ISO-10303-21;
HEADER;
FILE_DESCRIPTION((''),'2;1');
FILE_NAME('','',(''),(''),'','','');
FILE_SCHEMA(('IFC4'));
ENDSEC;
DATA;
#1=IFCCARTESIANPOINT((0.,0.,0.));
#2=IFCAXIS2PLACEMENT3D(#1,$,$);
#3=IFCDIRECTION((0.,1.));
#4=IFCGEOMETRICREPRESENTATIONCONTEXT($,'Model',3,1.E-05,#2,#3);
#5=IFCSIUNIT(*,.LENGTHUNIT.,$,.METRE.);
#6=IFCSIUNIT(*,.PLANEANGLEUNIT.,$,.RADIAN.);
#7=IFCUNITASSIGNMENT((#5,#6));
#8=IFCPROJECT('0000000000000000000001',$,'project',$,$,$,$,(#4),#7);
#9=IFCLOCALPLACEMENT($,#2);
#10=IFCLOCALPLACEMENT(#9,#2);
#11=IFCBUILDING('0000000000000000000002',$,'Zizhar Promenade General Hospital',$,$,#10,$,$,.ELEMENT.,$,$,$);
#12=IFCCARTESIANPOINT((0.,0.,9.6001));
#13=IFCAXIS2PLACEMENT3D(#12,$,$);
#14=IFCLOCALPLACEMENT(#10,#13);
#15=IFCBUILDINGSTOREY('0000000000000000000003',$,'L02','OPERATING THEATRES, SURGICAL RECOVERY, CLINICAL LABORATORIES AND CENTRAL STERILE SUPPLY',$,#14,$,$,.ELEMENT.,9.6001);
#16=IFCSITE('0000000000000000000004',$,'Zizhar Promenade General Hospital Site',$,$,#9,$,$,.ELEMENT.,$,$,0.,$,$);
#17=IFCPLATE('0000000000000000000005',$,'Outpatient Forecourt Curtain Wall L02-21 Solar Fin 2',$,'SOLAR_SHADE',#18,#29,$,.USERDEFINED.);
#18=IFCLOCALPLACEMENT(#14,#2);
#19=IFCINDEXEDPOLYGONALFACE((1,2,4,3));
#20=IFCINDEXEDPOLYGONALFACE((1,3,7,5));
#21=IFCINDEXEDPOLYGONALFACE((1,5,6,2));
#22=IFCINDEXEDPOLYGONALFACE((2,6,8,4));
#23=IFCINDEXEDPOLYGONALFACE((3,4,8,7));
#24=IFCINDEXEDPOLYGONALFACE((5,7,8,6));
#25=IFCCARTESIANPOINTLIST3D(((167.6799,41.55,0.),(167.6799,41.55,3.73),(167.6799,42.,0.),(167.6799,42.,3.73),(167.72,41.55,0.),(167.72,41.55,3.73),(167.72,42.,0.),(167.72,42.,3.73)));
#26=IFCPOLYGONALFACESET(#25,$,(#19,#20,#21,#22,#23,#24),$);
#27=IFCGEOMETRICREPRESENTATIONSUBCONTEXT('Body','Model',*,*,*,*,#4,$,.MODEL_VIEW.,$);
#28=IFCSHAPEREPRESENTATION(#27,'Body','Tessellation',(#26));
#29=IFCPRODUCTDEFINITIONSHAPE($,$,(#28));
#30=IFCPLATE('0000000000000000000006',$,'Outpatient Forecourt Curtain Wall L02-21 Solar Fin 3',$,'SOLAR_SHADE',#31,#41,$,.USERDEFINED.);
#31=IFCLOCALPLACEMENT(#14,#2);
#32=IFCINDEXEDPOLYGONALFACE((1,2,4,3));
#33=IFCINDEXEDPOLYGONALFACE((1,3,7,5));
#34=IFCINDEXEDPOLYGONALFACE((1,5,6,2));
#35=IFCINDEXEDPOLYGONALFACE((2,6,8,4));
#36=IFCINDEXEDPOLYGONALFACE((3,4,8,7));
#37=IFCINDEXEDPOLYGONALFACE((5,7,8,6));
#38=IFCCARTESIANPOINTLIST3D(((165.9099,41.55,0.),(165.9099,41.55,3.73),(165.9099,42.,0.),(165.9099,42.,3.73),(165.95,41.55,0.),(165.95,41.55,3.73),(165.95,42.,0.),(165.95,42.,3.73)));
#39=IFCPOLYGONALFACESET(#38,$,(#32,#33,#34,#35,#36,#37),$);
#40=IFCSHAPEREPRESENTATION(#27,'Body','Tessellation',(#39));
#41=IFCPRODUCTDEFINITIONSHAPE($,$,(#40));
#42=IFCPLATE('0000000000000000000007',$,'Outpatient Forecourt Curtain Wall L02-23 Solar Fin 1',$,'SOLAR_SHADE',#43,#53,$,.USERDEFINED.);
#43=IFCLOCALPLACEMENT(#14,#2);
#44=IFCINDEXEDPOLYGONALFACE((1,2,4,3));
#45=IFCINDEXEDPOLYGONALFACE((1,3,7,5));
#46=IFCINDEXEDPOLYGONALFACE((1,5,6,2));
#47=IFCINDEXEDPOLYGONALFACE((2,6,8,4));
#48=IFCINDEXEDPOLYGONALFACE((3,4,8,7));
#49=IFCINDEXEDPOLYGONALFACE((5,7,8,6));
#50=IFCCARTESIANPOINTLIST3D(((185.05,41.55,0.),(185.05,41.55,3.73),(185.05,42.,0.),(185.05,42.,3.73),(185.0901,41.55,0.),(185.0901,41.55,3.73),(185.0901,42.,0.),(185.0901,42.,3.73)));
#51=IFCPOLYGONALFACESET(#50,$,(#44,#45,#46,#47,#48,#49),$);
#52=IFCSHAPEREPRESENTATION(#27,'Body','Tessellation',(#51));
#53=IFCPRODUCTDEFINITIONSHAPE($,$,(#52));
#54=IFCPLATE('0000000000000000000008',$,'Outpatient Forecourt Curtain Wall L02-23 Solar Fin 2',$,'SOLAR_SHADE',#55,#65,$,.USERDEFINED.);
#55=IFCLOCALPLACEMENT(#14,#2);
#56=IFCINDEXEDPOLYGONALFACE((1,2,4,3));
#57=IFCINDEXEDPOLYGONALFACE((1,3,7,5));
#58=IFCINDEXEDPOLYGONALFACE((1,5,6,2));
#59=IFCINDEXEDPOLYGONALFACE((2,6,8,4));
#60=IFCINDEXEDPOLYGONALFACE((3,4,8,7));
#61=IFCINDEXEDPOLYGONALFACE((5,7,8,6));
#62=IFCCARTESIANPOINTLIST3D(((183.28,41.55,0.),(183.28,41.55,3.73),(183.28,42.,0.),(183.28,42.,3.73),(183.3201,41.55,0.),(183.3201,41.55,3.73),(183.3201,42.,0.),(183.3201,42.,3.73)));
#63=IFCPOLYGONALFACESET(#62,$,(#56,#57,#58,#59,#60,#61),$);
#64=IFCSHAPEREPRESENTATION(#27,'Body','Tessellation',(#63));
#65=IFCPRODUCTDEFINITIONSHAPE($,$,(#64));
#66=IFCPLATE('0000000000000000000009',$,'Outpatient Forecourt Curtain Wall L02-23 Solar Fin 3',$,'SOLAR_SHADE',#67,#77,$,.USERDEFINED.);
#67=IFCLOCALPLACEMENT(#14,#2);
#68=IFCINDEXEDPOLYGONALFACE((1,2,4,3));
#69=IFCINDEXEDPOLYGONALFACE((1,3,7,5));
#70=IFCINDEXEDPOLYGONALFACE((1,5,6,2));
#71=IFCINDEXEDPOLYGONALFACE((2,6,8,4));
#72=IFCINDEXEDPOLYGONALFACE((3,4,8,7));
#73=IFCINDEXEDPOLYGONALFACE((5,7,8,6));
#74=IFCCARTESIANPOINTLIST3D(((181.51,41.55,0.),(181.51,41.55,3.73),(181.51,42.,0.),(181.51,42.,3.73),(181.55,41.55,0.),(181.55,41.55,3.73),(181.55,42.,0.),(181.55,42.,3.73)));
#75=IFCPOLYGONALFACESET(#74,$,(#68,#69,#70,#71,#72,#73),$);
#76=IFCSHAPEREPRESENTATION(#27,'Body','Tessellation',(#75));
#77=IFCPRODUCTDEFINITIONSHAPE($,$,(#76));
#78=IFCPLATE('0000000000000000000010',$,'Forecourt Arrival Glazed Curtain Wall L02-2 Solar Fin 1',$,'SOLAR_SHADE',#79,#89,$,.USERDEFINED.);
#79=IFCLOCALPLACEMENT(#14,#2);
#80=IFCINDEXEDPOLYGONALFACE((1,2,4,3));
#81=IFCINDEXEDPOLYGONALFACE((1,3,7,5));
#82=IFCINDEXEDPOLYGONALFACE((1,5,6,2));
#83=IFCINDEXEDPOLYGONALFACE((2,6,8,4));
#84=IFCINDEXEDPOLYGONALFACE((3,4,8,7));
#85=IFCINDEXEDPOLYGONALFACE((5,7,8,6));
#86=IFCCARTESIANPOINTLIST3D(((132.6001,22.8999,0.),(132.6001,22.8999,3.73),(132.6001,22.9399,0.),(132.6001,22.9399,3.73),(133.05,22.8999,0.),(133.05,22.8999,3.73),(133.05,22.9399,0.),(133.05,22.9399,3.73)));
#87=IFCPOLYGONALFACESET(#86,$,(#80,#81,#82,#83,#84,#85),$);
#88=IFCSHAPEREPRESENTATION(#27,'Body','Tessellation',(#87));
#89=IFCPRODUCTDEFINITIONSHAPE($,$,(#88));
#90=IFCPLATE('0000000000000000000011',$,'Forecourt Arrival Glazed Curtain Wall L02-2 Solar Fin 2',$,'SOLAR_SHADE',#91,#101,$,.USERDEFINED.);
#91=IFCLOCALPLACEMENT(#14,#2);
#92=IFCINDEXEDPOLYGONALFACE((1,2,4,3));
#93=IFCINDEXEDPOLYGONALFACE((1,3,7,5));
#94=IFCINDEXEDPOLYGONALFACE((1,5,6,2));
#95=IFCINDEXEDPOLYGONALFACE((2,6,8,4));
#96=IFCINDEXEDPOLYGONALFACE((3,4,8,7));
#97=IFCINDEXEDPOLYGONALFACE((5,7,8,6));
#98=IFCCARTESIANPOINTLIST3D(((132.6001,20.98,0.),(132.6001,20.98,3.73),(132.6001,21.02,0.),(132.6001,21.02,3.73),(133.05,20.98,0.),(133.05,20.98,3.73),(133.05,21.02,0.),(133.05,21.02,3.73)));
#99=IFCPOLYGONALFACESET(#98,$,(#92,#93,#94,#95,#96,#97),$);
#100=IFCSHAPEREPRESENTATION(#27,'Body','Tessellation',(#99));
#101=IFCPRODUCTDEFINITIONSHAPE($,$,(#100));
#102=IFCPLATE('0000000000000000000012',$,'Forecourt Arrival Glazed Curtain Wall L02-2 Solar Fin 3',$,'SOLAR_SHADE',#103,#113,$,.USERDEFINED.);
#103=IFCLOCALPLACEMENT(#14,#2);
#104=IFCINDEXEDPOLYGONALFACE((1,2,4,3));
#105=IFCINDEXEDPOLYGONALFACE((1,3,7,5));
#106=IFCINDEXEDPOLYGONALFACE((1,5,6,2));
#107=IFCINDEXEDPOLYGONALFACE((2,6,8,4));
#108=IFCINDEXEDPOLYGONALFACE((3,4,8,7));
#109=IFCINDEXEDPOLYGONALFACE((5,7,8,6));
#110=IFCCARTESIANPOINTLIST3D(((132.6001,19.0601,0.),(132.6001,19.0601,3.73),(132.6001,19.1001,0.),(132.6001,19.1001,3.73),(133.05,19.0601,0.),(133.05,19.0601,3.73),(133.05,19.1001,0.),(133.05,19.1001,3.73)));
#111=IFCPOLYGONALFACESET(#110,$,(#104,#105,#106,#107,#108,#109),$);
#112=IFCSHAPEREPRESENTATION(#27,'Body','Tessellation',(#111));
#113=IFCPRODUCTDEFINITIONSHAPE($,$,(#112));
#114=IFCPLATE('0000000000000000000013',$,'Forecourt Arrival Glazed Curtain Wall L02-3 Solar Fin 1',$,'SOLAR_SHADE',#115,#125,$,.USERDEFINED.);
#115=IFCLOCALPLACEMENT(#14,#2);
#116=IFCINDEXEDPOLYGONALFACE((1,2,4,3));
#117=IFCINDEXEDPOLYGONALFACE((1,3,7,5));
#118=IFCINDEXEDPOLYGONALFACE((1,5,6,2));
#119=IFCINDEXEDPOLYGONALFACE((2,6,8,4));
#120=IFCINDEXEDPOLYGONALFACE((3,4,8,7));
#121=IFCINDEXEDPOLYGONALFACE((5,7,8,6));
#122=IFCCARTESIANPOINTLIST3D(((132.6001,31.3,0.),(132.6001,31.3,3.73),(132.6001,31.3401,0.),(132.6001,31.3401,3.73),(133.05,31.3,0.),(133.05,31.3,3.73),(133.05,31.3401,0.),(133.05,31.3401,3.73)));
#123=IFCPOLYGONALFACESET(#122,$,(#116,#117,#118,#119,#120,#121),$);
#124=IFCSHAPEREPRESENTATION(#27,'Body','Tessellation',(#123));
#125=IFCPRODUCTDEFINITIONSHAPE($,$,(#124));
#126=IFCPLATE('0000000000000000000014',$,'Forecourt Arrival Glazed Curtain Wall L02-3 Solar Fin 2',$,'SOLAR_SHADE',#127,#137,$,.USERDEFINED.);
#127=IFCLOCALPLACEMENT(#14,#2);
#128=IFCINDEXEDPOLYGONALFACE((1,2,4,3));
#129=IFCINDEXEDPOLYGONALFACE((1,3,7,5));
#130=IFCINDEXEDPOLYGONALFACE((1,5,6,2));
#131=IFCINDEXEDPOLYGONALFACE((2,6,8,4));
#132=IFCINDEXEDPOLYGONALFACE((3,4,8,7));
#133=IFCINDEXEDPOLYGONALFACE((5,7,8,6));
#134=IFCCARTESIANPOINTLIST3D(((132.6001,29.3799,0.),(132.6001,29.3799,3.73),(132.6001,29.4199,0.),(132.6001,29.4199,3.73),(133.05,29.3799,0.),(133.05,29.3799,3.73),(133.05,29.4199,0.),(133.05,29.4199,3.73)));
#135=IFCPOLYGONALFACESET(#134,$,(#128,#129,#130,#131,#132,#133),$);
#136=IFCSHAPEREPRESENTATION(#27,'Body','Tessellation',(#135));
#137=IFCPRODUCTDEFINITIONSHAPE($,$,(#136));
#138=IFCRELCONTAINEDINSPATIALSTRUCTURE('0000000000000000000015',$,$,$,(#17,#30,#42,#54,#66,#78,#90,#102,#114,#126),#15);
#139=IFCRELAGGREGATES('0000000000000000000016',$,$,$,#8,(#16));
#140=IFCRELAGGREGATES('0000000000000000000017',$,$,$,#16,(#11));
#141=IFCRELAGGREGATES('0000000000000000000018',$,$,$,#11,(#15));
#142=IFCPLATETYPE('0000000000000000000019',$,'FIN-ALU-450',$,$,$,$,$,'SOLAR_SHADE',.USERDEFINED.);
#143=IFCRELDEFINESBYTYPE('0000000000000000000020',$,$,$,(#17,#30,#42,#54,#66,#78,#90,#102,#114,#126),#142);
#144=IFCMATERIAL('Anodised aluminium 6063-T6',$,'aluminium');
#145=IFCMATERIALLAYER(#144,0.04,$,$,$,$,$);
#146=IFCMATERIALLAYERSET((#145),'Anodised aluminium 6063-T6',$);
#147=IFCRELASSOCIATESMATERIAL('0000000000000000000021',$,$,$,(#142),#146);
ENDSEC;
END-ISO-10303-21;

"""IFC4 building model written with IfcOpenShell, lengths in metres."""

from ifc_helpers import new_model, si_unit, direction, frame, origin, place, context, subcontext, project, spatial, polyline, outline, extrude, material, layer, layer_set, type_object, element, save


model = new_model("IFC4")

# Units and contexts
model_context = context("Model", 3, precision=1e-05, world=origin(), true_north=direction((0.0, 1.0)))
body_context = subcontext(model_context, "Body", "Model", "MODEL_VIEW")
ifc_project = project(units=[si_unit("LENGTHUNIT", "METRE"), si_unit("PLANEANGLEUNIT", "RADIAN")], contexts=[model_context])

# Site, building, storey
site_placement = place(None, origin())
site = spatial("IfcSite", under=ifc_project, at=site_placement, Name="Zizhar Promenade General Hospital Site", CompositionType="ELEMENT", RefElevation=0.0)
building_placement = place(site_placement, origin())
building = spatial("IfcBuilding", under=site, at=building_placement, Name="Zizhar Promenade General Hospital", CompositionType="ELEMENT")
storey_placement = place(building_placement, frame((0.0, 0.0, 9.6001)))
storey = spatial("IfcBuildingStorey", under=building, at=storey_placement, Name="L02", Description="OPERATING THEATRES, SURGICAL RECOVERY, CLINICAL LABORATORIES AND CENTRAL STERILE SUPPLY", CompositionType="ELEMENT", Elevation=9.6001)

# Plates
ifc_material_1 = material(Name="Anodised aluminium 6063-T6", Category="aluminium")
ifc_layer_1 = layer(ifc_material_1, 0.04)
ifc_layer_set_1 = layer_set([ifc_layer_1], Name="Anodised aluminium 6063-T6")
plate_type_1 = type_object("IfcPlateType", Name="FIN-ALU-450", ElementType="SOLAR_SHADE", PredefinedType="USERDEFINED", material=ifc_layer_set_1)
plate_1_placement = place(storey_placement, origin())
element("IfcPlate", 1, at=plate_1_placement, inside=storey, type_object=plate_type_1, Name="Outpatient Forecourt Curtain Wall L02-21 Solar Fin 2", ObjectType="SOLAR_SHADE", PredefinedType="USERDEFINED", context=body_context, shape_type="SweptSolid", body=[
    extrude(outline(polyline([(167.72, 42.0), (167.6799, 42.0), (167.6799, 41.55), (167.72, 41.55), (167.72, 42.0)])), origin(), (0.0, 0.0, 1.0), 3.73),
])
plate_2_placement = place(storey_placement, origin())
element("IfcPlate", 2, at=plate_2_placement, inside=storey, type_object=plate_type_1, Name="Outpatient Forecourt Curtain Wall L02-21 Solar Fin 3", ObjectType="SOLAR_SHADE", PredefinedType="USERDEFINED", context=body_context, shape_type="SweptSolid", body=[
    extrude(outline(polyline([(165.95, 42.0), (165.9099, 42.0), (165.9099, 41.55), (165.95, 41.55), (165.95, 42.0)])), origin(), (0.0, 0.0, 1.0), 3.73),
])
plate_3_placement = place(storey_placement, origin())
element("IfcPlate", 3, at=plate_3_placement, inside=storey, type_object=plate_type_1, Name="Outpatient Forecourt Curtain Wall L02-23 Solar Fin 1", ObjectType="SOLAR_SHADE", PredefinedType="USERDEFINED", context=body_context, shape_type="SweptSolid", body=[
    extrude(outline(polyline([(185.0901, 42.0), (185.05, 42.0), (185.05, 41.55), (185.0901, 41.55), (185.0901, 42.0)])), origin(), (0.0, 0.0, 1.0), 3.73),
])
plate_4_placement = place(storey_placement, origin())
element("IfcPlate", 4, at=plate_4_placement, inside=storey, type_object=plate_type_1, Name="Outpatient Forecourt Curtain Wall L02-23 Solar Fin 2", ObjectType="SOLAR_SHADE", PredefinedType="USERDEFINED", context=body_context, shape_type="SweptSolid", body=[
    extrude(outline(polyline([(183.3201, 42.0), (183.28, 42.0), (183.28, 41.55), (183.3201, 41.55), (183.3201, 42.0)])), origin(), (0.0, 0.0, 1.0), 3.73),
])
plate_5_placement = place(storey_placement, origin())
element("IfcPlate", 5, at=plate_5_placement, inside=storey, type_object=plate_type_1, Name="Outpatient Forecourt Curtain Wall L02-23 Solar Fin 3", ObjectType="SOLAR_SHADE", PredefinedType="USERDEFINED", context=body_context, shape_type="SweptSolid", body=[
    extrude(outline(polyline([(181.55, 42.0), (181.51, 42.0), (181.51, 41.55), (181.55, 41.55), (181.55, 42.0)])), origin(), (0.0, 0.0, 1.0), 3.73),
])
plate_6_placement = place(storey_placement, origin())
element("IfcPlate", 6, at=plate_6_placement, inside=storey, type_object=plate_type_1, Name="Forecourt Arrival Glazed Curtain Wall L02-2 Solar Fin 1", ObjectType="SOLAR_SHADE", PredefinedType="USERDEFINED", context=body_context, shape_type="SweptSolid", body=[
    extrude(outline(polyline([(132.6001, 22.9399), (132.6001, 22.8999), (133.05, 22.8999), (133.05, 22.9399), (132.6001, 22.9399)])), origin(), (0.0, 0.0, 1.0), 3.73),
])
plate_7_placement = place(storey_placement, origin())
element("IfcPlate", 7, at=plate_7_placement, inside=storey, type_object=plate_type_1, Name="Forecourt Arrival Glazed Curtain Wall L02-2 Solar Fin 2", ObjectType="SOLAR_SHADE", PredefinedType="USERDEFINED", context=body_context, shape_type="SweptSolid", body=[
    extrude(outline(polyline([(132.6001, 21.02), (132.6001, 20.98), (133.05, 20.98), (133.05, 21.02), (132.6001, 21.02)])), origin(), (0.0, 0.0, 1.0), 3.73),
])
plate_8_placement = place(storey_placement, origin())
element("IfcPlate", 8, at=plate_8_placement, inside=storey, type_object=plate_type_1, Name="Forecourt Arrival Glazed Curtain Wall L02-2 Solar Fin 3", ObjectType="SOLAR_SHADE", PredefinedType="USERDEFINED", context=body_context, shape_type="SweptSolid", body=[
    extrude(outline(polyline([(132.6001, 19.1001), (132.6001, 19.0601), (133.05, 19.0601), (133.05, 19.1001), (132.6001, 19.1001)])), origin(), (0.0, 0.0, 1.0), 3.73),
])
plate_9_placement = place(storey_placement, origin())
element("IfcPlate", 9, at=plate_9_placement, inside=storey, type_object=plate_type_1, Name="Forecourt Arrival Glazed Curtain Wall L02-3 Solar Fin 1", ObjectType="SOLAR_SHADE", PredefinedType="USERDEFINED", context=body_context, shape_type="SweptSolid", body=[
    extrude(outline(polyline([(132.6001, 31.3401), (132.6001, 31.3), (133.05, 31.3), (133.05, 31.3401), (132.6001, 31.3401)])), origin(), (0.0, 0.0, 1.0), 3.73),
])
plate_10_placement = place(storey_placement, origin())
element("IfcPlate", 10, at=plate_10_placement, inside=storey, type_object=plate_type_1, Name="Forecourt Arrival Glazed Curtain Wall L02-3 Solar Fin 2", ObjectType="SOLAR_SHADE", PredefinedType="USERDEFINED", context=body_context, shape_type="SweptSolid", body=[
    extrude(outline(polyline([(132.6001, 29.4199), (132.6001, 29.3799), (133.05, 29.3799), (133.05, 29.4199), (132.6001, 29.4199)])), origin(), (0.0, 0.0, 1.0), 3.73),
])

save(model, "model.ifc")
